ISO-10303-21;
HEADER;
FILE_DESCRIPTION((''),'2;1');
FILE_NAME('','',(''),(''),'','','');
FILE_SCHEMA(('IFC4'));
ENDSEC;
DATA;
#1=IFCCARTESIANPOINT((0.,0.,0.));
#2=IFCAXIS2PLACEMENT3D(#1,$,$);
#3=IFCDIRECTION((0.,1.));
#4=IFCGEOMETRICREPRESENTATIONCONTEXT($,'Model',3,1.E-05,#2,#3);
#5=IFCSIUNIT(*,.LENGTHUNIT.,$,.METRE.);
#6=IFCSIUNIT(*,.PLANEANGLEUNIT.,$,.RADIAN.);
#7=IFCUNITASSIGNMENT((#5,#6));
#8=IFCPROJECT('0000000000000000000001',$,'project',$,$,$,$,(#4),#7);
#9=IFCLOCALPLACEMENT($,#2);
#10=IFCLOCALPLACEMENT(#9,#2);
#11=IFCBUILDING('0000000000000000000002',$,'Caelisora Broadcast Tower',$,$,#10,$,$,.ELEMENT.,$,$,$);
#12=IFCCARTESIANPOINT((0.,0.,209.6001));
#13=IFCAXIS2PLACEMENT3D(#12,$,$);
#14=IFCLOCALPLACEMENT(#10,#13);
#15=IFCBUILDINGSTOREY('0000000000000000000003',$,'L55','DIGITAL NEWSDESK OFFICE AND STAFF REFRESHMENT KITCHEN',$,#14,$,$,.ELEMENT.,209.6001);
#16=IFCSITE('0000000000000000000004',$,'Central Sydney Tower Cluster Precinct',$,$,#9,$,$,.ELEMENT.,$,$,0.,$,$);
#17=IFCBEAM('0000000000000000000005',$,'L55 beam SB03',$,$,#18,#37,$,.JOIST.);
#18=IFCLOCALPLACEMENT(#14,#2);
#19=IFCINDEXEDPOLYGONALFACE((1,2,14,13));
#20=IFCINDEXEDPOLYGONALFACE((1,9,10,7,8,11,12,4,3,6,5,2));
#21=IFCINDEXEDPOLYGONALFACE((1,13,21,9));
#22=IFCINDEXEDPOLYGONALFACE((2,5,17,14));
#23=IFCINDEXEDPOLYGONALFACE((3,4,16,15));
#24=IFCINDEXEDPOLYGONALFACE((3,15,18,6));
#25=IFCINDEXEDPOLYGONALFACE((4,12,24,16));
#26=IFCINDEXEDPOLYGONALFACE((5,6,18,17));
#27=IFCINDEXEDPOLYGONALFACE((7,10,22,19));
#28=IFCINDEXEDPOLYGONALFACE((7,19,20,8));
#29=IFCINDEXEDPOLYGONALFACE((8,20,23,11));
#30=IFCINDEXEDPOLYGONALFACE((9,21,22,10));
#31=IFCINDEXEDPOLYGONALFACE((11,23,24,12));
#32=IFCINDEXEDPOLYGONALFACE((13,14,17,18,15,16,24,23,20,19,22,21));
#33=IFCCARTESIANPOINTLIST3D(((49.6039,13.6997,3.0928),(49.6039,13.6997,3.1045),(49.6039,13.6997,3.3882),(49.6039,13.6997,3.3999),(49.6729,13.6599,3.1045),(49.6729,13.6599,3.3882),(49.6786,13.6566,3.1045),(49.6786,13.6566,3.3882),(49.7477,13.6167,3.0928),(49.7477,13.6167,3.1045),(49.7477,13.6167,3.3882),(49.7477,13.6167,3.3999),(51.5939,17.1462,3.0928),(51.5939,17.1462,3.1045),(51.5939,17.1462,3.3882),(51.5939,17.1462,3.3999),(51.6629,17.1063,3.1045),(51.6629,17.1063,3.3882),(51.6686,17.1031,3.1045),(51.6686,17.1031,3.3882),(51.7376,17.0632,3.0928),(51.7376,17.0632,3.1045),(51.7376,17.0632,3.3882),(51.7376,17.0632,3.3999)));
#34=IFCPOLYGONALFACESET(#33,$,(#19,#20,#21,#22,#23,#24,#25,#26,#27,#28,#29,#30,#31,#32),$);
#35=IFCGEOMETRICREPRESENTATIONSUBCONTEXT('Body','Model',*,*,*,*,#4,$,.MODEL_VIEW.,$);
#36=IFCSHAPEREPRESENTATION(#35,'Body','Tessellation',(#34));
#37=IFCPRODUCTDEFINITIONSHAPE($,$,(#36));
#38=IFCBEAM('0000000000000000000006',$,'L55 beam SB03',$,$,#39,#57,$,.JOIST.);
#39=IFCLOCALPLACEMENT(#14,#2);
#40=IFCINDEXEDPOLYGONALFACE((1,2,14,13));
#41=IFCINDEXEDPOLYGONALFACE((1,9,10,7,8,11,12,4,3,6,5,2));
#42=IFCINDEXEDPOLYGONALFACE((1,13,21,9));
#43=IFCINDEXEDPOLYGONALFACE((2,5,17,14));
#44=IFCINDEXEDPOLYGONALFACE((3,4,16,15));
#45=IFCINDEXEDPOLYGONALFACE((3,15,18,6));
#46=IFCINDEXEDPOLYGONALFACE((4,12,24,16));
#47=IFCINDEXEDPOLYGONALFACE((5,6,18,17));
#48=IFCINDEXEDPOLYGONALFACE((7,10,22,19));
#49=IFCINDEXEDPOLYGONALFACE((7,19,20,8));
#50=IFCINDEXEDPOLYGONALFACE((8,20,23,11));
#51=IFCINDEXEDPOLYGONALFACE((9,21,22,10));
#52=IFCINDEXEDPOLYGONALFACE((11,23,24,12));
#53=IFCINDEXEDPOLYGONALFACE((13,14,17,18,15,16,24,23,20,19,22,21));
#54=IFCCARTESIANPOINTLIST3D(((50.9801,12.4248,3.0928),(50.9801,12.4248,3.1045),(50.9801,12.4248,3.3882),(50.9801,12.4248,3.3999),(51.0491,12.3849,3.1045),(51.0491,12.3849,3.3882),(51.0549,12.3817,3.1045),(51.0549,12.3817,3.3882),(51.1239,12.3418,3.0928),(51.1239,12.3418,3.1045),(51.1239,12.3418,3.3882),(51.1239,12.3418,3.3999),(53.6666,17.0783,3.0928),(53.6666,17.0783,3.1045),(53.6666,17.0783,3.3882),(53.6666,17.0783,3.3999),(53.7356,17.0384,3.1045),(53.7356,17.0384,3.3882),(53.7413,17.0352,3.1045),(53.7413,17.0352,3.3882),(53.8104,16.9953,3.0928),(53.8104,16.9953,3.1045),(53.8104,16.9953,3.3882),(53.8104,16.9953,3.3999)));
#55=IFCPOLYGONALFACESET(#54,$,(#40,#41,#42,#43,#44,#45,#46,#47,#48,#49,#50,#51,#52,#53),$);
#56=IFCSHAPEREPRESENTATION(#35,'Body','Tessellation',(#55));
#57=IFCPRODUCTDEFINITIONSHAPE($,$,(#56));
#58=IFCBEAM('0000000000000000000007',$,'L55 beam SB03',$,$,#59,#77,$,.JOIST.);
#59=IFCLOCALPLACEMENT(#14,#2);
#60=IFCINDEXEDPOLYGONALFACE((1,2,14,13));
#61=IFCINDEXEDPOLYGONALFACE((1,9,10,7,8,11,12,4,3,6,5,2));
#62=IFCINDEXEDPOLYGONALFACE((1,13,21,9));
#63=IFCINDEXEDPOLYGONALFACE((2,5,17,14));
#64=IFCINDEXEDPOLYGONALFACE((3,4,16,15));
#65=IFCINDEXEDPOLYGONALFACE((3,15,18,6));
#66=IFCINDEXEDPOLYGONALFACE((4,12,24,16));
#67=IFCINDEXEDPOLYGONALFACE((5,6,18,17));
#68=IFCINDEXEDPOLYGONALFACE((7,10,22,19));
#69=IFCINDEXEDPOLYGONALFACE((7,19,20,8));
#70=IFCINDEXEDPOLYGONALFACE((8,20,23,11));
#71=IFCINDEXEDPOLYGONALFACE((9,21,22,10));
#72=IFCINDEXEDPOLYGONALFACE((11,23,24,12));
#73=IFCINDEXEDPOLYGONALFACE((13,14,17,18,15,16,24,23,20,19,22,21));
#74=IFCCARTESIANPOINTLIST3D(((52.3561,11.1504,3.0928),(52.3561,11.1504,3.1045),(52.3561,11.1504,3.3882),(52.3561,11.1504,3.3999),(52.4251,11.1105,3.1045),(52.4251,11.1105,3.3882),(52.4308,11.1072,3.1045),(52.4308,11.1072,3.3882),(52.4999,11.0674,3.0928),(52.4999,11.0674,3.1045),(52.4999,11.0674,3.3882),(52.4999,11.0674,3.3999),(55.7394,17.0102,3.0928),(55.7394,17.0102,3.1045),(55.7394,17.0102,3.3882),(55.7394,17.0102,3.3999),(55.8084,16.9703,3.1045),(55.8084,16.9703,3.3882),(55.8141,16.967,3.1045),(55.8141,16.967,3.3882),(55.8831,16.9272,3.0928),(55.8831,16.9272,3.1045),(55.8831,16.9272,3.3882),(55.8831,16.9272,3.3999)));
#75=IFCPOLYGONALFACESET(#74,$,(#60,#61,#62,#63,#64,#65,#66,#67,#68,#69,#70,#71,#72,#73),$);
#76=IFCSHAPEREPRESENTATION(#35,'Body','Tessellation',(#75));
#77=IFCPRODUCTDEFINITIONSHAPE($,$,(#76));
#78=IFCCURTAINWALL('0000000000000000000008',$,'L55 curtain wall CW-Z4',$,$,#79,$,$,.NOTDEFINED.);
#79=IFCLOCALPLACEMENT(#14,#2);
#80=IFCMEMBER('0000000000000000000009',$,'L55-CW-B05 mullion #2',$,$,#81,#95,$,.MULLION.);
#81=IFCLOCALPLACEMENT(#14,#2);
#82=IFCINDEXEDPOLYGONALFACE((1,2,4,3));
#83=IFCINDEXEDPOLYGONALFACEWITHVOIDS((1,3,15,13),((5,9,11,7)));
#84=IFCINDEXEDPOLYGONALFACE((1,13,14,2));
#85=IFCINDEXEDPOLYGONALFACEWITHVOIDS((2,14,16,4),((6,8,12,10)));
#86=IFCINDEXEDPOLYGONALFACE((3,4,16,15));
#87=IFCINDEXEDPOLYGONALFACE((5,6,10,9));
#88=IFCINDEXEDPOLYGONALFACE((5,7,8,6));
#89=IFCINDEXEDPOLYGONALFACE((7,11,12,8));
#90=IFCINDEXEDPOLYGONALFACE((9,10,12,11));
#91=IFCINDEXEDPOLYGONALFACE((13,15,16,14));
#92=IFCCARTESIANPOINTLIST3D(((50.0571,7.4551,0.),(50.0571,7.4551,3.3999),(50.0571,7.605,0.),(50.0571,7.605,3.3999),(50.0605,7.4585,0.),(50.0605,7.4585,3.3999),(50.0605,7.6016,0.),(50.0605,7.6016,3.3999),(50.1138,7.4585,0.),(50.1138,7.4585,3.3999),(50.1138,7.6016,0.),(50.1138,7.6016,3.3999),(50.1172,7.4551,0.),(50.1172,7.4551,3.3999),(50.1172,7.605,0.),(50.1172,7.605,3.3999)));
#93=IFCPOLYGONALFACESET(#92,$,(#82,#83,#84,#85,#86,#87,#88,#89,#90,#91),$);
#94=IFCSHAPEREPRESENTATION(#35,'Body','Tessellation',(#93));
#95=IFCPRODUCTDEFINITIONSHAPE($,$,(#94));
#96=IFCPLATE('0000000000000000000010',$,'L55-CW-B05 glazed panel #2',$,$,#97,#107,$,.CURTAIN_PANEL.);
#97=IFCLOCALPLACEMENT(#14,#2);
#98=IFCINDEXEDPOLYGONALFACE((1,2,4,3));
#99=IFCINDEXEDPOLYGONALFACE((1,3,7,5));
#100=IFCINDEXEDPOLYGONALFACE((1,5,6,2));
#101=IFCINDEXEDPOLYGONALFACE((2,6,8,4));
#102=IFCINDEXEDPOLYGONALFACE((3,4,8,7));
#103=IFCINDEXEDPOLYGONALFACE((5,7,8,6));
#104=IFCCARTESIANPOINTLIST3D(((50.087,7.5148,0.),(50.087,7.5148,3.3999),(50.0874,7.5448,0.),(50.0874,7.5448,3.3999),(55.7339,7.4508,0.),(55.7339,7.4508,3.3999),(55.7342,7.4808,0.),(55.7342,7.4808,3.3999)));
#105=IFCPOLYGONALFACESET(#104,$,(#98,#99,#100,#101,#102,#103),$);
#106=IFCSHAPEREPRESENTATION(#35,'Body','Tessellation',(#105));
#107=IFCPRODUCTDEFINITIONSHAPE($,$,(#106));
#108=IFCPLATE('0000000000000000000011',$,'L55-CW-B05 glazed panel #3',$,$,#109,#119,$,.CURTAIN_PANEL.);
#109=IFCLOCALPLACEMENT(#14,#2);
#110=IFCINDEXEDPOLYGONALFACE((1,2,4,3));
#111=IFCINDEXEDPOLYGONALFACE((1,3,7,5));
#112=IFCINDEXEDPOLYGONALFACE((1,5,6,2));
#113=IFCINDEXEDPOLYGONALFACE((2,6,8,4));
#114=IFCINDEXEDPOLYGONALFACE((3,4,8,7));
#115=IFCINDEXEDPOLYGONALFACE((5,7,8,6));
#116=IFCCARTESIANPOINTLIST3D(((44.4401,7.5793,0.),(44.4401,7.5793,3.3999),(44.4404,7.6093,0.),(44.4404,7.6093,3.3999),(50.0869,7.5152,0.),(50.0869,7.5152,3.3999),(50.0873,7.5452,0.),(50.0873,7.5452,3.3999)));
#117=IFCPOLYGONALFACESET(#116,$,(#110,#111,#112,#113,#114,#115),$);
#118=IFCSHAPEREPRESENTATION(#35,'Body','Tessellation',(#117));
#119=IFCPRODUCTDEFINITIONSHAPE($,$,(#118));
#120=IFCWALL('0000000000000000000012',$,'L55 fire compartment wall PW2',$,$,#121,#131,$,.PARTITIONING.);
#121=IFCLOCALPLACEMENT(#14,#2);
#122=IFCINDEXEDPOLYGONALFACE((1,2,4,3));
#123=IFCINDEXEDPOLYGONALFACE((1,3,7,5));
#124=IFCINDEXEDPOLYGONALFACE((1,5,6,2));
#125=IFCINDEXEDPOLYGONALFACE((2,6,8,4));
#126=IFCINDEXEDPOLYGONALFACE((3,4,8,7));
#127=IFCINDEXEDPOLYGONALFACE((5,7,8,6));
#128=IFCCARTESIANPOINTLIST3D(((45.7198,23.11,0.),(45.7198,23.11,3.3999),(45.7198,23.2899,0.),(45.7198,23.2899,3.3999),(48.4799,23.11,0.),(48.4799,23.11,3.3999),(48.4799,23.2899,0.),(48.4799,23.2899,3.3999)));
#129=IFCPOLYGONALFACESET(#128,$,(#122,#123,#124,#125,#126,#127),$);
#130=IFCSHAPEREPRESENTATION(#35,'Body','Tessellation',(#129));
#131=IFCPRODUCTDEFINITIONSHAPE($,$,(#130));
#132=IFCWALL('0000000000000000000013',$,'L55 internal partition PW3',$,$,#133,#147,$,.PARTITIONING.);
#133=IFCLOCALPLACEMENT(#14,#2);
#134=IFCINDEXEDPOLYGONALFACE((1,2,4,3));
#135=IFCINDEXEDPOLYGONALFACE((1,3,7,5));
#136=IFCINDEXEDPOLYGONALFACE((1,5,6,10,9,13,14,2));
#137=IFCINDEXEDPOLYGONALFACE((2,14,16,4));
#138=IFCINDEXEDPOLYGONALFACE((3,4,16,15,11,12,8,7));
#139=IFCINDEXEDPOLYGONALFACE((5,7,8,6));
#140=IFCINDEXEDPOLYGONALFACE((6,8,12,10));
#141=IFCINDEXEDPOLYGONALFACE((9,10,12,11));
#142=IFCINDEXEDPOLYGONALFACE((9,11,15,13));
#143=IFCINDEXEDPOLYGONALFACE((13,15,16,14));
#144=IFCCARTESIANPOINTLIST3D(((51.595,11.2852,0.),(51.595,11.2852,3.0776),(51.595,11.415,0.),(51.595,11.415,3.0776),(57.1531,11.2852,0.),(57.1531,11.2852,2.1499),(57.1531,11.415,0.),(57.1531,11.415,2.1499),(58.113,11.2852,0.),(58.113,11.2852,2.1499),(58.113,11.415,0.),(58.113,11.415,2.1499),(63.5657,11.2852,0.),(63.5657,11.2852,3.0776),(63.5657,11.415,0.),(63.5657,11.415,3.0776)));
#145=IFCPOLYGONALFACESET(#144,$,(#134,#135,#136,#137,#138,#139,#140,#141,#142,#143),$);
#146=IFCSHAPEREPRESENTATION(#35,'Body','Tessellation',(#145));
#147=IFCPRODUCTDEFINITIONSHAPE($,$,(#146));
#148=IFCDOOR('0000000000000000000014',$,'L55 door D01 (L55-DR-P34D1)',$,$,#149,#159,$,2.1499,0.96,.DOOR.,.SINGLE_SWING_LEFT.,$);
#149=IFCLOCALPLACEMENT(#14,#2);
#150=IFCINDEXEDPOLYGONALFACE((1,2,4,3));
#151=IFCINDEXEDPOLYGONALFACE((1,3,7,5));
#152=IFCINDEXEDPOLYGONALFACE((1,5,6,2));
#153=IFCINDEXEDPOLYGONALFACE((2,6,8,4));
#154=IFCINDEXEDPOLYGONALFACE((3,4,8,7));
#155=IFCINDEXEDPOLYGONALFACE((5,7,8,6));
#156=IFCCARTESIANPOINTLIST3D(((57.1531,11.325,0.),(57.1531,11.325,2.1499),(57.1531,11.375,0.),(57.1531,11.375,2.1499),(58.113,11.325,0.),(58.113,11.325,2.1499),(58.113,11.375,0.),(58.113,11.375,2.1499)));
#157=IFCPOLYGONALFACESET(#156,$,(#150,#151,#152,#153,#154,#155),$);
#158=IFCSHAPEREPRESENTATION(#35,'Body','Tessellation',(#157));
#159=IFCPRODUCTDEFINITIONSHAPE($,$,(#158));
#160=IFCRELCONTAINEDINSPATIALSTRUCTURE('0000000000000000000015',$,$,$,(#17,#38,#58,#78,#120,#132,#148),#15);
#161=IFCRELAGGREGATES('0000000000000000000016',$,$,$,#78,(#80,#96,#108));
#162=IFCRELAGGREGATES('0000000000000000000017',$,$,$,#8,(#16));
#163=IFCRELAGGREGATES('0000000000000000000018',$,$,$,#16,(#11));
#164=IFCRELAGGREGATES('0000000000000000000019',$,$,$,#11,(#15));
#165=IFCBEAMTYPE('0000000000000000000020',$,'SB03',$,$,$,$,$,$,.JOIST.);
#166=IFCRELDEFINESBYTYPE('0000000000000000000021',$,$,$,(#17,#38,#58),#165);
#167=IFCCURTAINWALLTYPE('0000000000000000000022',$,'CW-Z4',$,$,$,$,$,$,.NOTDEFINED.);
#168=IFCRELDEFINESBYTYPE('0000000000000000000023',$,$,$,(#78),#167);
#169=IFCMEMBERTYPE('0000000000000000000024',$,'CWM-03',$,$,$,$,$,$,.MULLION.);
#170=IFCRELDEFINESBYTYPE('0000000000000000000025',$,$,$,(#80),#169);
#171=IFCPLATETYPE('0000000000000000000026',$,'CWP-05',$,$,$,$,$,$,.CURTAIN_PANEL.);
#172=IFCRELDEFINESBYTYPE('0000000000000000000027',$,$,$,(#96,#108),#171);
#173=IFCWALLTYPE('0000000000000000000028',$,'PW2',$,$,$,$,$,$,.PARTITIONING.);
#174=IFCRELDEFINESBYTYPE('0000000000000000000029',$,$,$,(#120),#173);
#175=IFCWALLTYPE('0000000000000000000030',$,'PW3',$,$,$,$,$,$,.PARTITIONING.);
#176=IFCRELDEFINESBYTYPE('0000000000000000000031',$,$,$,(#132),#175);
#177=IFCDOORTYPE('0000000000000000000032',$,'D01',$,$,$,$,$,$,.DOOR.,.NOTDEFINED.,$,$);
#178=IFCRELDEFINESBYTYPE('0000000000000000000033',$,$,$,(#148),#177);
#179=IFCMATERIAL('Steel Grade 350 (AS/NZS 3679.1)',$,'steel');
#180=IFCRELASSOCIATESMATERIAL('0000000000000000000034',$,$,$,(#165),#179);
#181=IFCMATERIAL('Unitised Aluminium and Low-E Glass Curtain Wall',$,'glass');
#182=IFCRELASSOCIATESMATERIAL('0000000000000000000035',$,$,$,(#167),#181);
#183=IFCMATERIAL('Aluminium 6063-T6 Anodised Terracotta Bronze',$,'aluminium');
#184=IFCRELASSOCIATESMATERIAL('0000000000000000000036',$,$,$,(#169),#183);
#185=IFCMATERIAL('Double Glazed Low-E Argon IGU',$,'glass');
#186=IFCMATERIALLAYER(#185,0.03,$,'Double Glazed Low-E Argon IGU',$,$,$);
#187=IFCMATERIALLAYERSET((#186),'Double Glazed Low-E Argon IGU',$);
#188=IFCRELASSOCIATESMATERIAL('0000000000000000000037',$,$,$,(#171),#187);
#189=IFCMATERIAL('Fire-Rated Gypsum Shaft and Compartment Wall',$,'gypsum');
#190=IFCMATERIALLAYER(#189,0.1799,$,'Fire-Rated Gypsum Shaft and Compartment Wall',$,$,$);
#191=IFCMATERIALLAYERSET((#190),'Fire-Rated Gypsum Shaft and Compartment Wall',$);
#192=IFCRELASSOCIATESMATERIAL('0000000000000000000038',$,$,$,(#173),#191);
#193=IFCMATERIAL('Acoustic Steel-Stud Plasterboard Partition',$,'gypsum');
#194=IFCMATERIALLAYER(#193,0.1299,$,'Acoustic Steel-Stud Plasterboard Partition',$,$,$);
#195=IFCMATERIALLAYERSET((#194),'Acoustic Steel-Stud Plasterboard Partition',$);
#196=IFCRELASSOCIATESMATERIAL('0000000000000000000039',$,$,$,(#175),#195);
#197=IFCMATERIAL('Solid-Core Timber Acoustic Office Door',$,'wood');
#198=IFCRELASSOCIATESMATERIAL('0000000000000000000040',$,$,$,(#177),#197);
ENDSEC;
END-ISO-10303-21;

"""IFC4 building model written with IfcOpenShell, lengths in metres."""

from ifc_helpers import new_model, si_unit, direction, frame, frame_2d, origin, origin_2d, place, context, subcontext, project, spatial, rectangle, hollow_rectangle, i_section, extrude, source, transform, mapped, material, layer, layer_set, material_profile, profile_set, type_object, type_shapes, element, fill, aggregate, save


model = new_model("IFC4")

# Units and contexts
model_context = context("Model", 3, precision=1e-05, world=origin(), true_north=direction((0.0, 1.0)))
body_context = subcontext(model_context, "Body", "Model", "MODEL_VIEW")
ifc_project = project(units=[si_unit("LENGTHUNIT", "METRE"), si_unit("PLANEANGLEUNIT", "RADIAN")], contexts=[model_context])

# Site, building, storey
site_placement = place(None, origin())
site = spatial("IfcSite", under=ifc_project, at=site_placement, Name="Central Sydney Tower Cluster Precinct", CompositionType="ELEMENT", RefElevation=0.0)
building_placement = place(site_placement, origin())
building = spatial("IfcBuilding", under=site, at=building_placement, Name="Caelisora Broadcast Tower", CompositionType="ELEMENT")
storey_placement = place(building_placement, frame((0.0, 0.0, 209.6001)))
storey = spatial("IfcBuildingStorey", under=building, at=storey_placement, Name="L55", Description="DIGITAL NEWSDESK OFFICE AND STAFF REFRESHMENT KITCHEN", CompositionType="ELEMENT", Elevation=209.6001)

# Beams
ifc_material_1 = material(Name="Steel Grade 350 (AS/NZS 3679.1)", Category="steel")
ifc_material_profile_1 = material_profile(ifc_material_1, i_section(OverallWidth=0.166, OverallDepth=0.3071, WebThickness=0.0066, FlangeThickness=0.0117, at=origin_2d()), Name="Steel Grade 350 (AS/NZS 3679.1)")
ifc_profile_set_1 = profile_set([ifc_material_profile_1], Name="Steel Grade 350 (AS/NZS 3679.1)")
beam_type_1 = type_object("IfcBeamType", Name="SB03", PredefinedType="JOIST", material=ifc_profile_set_1)
shared_shape_1 = source(origin(), body_context, "Body", "SweptSolid", [
    extrude(i_section(OverallWidth=0.166, OverallDepth=0.3071, WebThickness=0.0066, FlangeThickness=0.0117, at=origin_2d()), origin(), (0.0, 0.0, 1.0), 3.9797),
])
beam_1_placement = place(storey_placement, frame((49.6758, 13.6582, 3.2463), z_axis=(0.500025, 0.866011, 0.0), x_axis=(-0.866011, 0.500025, 0.0)))
element("IfcBeam", 1, at=beam_1_placement, inside=storey, type_object=beam_type_1, Name="L55 beam SB03", PredefinedType="JOIST", context=body_context, shape_type="MappedRepresentation", body=[
    mapped(shared_shape_1, transform((0.0, 0.0, 0.0), scale=1.0)),
])
shared_shape_2 = source(origin(), body_context, "Body", "SweptSolid", [
    extrude(i_section(OverallWidth=0.166, OverallDepth=0.3071, WebThickness=0.0066, FlangeThickness=0.0117, at=origin_2d()), origin(), (0.0, 0.0, 1.0), 5.3733),
])
beam_2_placement = place(storey_placement, frame((51.052, 12.3833, 3.2463), z_axis=(0.49997, 0.866043, 0.0), x_axis=(-0.866043, 0.49997, 0.0)))
element("IfcBeam", 2, at=beam_2_placement, inside=storey, type_object=beam_type_1, Name="L55 beam SB03", PredefinedType="JOIST", context=body_context, shape_type="MappedRepresentation", body=[
    mapped(shared_shape_2, transform((0.0, 0.0, 0.0), scale=1.0)),
])
shared_shape_3 = source(origin(), body_context, "Body", "SweptSolid", [
    extrude(i_section(OverallWidth=0.166, OverallDepth=0.3071, WebThickness=0.0066, FlangeThickness=0.0117, at=origin_2d()), origin(), (0.0, 0.0, 1.0), 6.7664),
])
beam_3_placement = place(storey_placement, frame((52.428, 11.1089, 3.2463), z_axis=(0.500012, 0.866019, 0.0), x_axis=(-0.866019, 0.500012, 0.0)))
element("IfcBeam", 3, at=beam_3_placement, inside=storey, type_object=beam_type_1, Name="L55 beam SB03", PredefinedType="JOIST", context=body_context, shape_type="MappedRepresentation", body=[
    mapped(shared_shape_3, transform((0.0, 0.0, 0.0), scale=1.0)),
])

# Curtain wall, member, plates
ifc_material_2 = material(Name="Unitised Aluminium and Low-E Glass Curtain Wall", Category="glass")
curtain_wall_type = type_object("IfcCurtainWallType", Name="CW-Z4", PredefinedType="NOTDEFINED", material=ifc_material_2)
curtain_wall_placement = place(storey_placement, origin())
curtain_wall = element("IfcCurtainWall", 4, at=curtain_wall_placement, inside=storey, type_object=curtain_wall_type, Name="L55 curtain wall CW-Z4", PredefinedType="NOTDEFINED")
ifc_material_3 = material(Name="Aluminium 6063-T6 Anodised Terracotta Bronze", Category="aluminium")
ifc_material_profile_2 = material_profile(ifc_material_3, hollow_rectangle(XDim=0.0601, YDim=0.1499, WallThickness=0.0034, at=origin_2d()), Name="Aluminium 6063-T6 Anodised Terracotta Bronze")
ifc_profile_set_2 = profile_set([ifc_material_profile_2], Name="Aluminium 6063-T6 Anodised Terracotta Bronze")
member_type = type_object("IfcMemberType", Name="CWM-03", PredefinedType="MULLION", material=ifc_profile_set_2)
shared_shape_4 = source(origin(), body_context, "Body", "SweptSolid", [
    extrude(hollow_rectangle(XDim=0.0601, YDim=0.1499, WallThickness=0.0034, at=origin_2d()), origin(), (0.0, 0.0, 1.0), 3.3999),
])
type_shapes(member_type, [shared_shape_4])
member_placement = place(storey_placement, frame((50.0872, 7.53, 0.0), z_axis=(0.0, 0.0, 1.0), x_axis=(1.0, 0.0, 0.0)))
member = element("IfcMember", 5, at=member_placement, type_object=member_type, Name="L55-CW-B05 mullion #2", PredefinedType="MULLION", context=body_context, shape_type="MappedRepresentation", body=[
    mapped(shared_shape_4, transform((0.0, 0.0, 0.0), scale=1.0)),
])
ifc_material_4 = material(Name="Double Glazed Low-E Argon IGU", Category="glass")
ifc_layer_1 = layer(ifc_material_4, 0.03, Name="Double Glazed Low-E Argon IGU")
ifc_layer_set_1 = layer_set([ifc_layer_1], Name="Double Glazed Low-E Argon IGU")
plate_type = type_object("IfcPlateType", Name="CWP-05", PredefinedType="CURTAIN_PANEL", material=ifc_layer_set_1)
shared_shape_5 = source(origin(), body_context, "Body", "SweptSolid", [
    extrude(rectangle(XDim=5.6472, YDim=0.03, at=origin_2d()), origin(), (0.0, 0.0, 1.0), 3.3999),
])
type_shapes(plate_type, [shared_shape_5])
plate_1_placement = place(storey_placement, frame((52.9106, 7.4978, 0.0), z_axis=(0.0, 0.0, 1.0), x_axis=(-0.999936, 0.011344, 0.0)))
plate_1 = element("IfcPlate", 6, at=plate_1_placement, type_object=plate_type, Name="L55-CW-B05 glazed panel #2", PredefinedType="CURTAIN_PANEL", context=body_context, shape_type="MappedRepresentation", body=[
    mapped(shared_shape_5, transform((0.0, 0.0, 0.0), scale=1.0)),
])
plate_2_placement = place(storey_placement, frame((47.2637, 7.5623, 0.0), z_axis=(0.0, 0.0, 1.0), x_axis=(-0.999936, 0.011344, 0.0)))
plate_2 = element("IfcPlate", 7, at=plate_2_placement, type_object=plate_type, Name="L55-CW-B05 glazed panel #3", PredefinedType="CURTAIN_PANEL", context=body_context, shape_type="MappedRepresentation", body=[
    mapped(shared_shape_5, transform((0.0, 0.0, 0.0), scale=1.0)),
])
aggregate(curtain_wall, [member, plate_1, plate_2])

# Wall
ifc_material_5 = material(Name="Fire-Rated Gypsum Shaft and Compartment Wall", Category="gypsum")
ifc_layer_2 = layer(ifc_material_5, 0.1799, Name="Fire-Rated Gypsum Shaft and Compartment Wall")
ifc_layer_set_2 = layer_set([ifc_layer_2], Name="Fire-Rated Gypsum Shaft and Compartment Wall")
wall_type_1 = type_object("IfcWallType", Name="PW2", PredefinedType="PARTITIONING", material=ifc_layer_set_2)
wall_1_placement = place(storey_placement, frame((45.72, 23.2, 0.0), z_axis=(0.0, 0.0, 1.0), x_axis=(1.0, 0.0, 0.0)))
element("IfcWall", 8, at=wall_1_placement, inside=storey, type_object=wall_type_1, Name="L55 fire compartment wall PW2", PredefinedType="PARTITIONING", context=body_context, shape_type="SweptSolid", body=[
    extrude(rectangle(XDim=2.76, YDim=0.1799, at=frame_2d((1.3799, 0.0))), origin(), (0.0, 0.0, 1.0), 3.3999),
])

# Wall, opening, door
ifc_material_6 = material(Name="Acoustic Steel-Stud Plasterboard Partition", Category="gypsum")
ifc_layer_3 = layer(ifc_material_6, 0.1299, Name="Acoustic Steel-Stud Plasterboard Partition")
ifc_layer_set_3 = layer_set([ifc_layer_3], Name="Acoustic Steel-Stud Plasterboard Partition")
wall_type_2 = type_object("IfcWallType", Name="PW3", PredefinedType="PARTITIONING", material=ifc_layer_set_3)
wall_2_placement = place(storey_placement, frame((51.595, 11.3501, 0.0), z_axis=(0.0, 0.0, 1.0), x_axis=(1.0, 0.0, 0.0)))
wall_2 = element("IfcWall", 9, at=wall_2_placement, inside=storey, type_object=wall_type_2, Name="L55 internal partition PW3", PredefinedType="PARTITIONING", context=body_context, shape_type="SweptSolid", body=[
    extrude(rectangle(XDim=11.9707, YDim=0.1299, at=frame_2d((5.9854, 0.0))), origin(), (0.0, 0.0, 1.0), 3.0776),
])
opening_1_placement = place(wall_2_placement, frame((5.5581, 0.0, 0.0)))
opening_1 = element("IfcOpeningElement", 10, at=opening_1_placement, cuts=wall_2, PredefinedType="OPENING", context=body_context, shape_type="SweptSolid", body=[
    extrude(rectangle(XDim=0.96, YDim=2.1499, at=frame_2d((0.48, 1.075))), frame((0.0, 0.0769, 0.0), z_axis=(0.0, -1.0, 0.0), x_axis=(1.0, 0.0, 0.0)), (0.0, 0.0, 1.0), 0.1538),
])
ifc_material_7 = material(Name="Solid-Core Timber Acoustic Office Door", Category="wood")
door_type = type_object("IfcDoorType", Name="D01", OperationType="NOTDEFINED", PredefinedType="DOOR", material=ifc_material_7)
door_1_placement = place(opening_1_placement, origin())
door_1 = element("IfcDoor", 11, at=door_1_placement, inside=storey, type_object=door_type, Name="L55 door D01 (L55-DR-P34D1)", OperationType="SINGLE_SWING_LEFT", OverallHeight=2.1499, OverallWidth=0.96, PredefinedType="DOOR", context=body_context, shape_type="SweptSolid", body=[
    extrude(rectangle(XDim=0.96, YDim=2.1499, at=frame_2d((0.48, 1.075))), frame((0.0, 0.0249, 0.0), z_axis=(0.0, -1.0, 0.0), x_axis=(1.0, 0.0, 0.0)), (0.0, 0.0, 1.0), 0.05),
])
fill(opening_1, door_1)

save(model, "model.ifc")
